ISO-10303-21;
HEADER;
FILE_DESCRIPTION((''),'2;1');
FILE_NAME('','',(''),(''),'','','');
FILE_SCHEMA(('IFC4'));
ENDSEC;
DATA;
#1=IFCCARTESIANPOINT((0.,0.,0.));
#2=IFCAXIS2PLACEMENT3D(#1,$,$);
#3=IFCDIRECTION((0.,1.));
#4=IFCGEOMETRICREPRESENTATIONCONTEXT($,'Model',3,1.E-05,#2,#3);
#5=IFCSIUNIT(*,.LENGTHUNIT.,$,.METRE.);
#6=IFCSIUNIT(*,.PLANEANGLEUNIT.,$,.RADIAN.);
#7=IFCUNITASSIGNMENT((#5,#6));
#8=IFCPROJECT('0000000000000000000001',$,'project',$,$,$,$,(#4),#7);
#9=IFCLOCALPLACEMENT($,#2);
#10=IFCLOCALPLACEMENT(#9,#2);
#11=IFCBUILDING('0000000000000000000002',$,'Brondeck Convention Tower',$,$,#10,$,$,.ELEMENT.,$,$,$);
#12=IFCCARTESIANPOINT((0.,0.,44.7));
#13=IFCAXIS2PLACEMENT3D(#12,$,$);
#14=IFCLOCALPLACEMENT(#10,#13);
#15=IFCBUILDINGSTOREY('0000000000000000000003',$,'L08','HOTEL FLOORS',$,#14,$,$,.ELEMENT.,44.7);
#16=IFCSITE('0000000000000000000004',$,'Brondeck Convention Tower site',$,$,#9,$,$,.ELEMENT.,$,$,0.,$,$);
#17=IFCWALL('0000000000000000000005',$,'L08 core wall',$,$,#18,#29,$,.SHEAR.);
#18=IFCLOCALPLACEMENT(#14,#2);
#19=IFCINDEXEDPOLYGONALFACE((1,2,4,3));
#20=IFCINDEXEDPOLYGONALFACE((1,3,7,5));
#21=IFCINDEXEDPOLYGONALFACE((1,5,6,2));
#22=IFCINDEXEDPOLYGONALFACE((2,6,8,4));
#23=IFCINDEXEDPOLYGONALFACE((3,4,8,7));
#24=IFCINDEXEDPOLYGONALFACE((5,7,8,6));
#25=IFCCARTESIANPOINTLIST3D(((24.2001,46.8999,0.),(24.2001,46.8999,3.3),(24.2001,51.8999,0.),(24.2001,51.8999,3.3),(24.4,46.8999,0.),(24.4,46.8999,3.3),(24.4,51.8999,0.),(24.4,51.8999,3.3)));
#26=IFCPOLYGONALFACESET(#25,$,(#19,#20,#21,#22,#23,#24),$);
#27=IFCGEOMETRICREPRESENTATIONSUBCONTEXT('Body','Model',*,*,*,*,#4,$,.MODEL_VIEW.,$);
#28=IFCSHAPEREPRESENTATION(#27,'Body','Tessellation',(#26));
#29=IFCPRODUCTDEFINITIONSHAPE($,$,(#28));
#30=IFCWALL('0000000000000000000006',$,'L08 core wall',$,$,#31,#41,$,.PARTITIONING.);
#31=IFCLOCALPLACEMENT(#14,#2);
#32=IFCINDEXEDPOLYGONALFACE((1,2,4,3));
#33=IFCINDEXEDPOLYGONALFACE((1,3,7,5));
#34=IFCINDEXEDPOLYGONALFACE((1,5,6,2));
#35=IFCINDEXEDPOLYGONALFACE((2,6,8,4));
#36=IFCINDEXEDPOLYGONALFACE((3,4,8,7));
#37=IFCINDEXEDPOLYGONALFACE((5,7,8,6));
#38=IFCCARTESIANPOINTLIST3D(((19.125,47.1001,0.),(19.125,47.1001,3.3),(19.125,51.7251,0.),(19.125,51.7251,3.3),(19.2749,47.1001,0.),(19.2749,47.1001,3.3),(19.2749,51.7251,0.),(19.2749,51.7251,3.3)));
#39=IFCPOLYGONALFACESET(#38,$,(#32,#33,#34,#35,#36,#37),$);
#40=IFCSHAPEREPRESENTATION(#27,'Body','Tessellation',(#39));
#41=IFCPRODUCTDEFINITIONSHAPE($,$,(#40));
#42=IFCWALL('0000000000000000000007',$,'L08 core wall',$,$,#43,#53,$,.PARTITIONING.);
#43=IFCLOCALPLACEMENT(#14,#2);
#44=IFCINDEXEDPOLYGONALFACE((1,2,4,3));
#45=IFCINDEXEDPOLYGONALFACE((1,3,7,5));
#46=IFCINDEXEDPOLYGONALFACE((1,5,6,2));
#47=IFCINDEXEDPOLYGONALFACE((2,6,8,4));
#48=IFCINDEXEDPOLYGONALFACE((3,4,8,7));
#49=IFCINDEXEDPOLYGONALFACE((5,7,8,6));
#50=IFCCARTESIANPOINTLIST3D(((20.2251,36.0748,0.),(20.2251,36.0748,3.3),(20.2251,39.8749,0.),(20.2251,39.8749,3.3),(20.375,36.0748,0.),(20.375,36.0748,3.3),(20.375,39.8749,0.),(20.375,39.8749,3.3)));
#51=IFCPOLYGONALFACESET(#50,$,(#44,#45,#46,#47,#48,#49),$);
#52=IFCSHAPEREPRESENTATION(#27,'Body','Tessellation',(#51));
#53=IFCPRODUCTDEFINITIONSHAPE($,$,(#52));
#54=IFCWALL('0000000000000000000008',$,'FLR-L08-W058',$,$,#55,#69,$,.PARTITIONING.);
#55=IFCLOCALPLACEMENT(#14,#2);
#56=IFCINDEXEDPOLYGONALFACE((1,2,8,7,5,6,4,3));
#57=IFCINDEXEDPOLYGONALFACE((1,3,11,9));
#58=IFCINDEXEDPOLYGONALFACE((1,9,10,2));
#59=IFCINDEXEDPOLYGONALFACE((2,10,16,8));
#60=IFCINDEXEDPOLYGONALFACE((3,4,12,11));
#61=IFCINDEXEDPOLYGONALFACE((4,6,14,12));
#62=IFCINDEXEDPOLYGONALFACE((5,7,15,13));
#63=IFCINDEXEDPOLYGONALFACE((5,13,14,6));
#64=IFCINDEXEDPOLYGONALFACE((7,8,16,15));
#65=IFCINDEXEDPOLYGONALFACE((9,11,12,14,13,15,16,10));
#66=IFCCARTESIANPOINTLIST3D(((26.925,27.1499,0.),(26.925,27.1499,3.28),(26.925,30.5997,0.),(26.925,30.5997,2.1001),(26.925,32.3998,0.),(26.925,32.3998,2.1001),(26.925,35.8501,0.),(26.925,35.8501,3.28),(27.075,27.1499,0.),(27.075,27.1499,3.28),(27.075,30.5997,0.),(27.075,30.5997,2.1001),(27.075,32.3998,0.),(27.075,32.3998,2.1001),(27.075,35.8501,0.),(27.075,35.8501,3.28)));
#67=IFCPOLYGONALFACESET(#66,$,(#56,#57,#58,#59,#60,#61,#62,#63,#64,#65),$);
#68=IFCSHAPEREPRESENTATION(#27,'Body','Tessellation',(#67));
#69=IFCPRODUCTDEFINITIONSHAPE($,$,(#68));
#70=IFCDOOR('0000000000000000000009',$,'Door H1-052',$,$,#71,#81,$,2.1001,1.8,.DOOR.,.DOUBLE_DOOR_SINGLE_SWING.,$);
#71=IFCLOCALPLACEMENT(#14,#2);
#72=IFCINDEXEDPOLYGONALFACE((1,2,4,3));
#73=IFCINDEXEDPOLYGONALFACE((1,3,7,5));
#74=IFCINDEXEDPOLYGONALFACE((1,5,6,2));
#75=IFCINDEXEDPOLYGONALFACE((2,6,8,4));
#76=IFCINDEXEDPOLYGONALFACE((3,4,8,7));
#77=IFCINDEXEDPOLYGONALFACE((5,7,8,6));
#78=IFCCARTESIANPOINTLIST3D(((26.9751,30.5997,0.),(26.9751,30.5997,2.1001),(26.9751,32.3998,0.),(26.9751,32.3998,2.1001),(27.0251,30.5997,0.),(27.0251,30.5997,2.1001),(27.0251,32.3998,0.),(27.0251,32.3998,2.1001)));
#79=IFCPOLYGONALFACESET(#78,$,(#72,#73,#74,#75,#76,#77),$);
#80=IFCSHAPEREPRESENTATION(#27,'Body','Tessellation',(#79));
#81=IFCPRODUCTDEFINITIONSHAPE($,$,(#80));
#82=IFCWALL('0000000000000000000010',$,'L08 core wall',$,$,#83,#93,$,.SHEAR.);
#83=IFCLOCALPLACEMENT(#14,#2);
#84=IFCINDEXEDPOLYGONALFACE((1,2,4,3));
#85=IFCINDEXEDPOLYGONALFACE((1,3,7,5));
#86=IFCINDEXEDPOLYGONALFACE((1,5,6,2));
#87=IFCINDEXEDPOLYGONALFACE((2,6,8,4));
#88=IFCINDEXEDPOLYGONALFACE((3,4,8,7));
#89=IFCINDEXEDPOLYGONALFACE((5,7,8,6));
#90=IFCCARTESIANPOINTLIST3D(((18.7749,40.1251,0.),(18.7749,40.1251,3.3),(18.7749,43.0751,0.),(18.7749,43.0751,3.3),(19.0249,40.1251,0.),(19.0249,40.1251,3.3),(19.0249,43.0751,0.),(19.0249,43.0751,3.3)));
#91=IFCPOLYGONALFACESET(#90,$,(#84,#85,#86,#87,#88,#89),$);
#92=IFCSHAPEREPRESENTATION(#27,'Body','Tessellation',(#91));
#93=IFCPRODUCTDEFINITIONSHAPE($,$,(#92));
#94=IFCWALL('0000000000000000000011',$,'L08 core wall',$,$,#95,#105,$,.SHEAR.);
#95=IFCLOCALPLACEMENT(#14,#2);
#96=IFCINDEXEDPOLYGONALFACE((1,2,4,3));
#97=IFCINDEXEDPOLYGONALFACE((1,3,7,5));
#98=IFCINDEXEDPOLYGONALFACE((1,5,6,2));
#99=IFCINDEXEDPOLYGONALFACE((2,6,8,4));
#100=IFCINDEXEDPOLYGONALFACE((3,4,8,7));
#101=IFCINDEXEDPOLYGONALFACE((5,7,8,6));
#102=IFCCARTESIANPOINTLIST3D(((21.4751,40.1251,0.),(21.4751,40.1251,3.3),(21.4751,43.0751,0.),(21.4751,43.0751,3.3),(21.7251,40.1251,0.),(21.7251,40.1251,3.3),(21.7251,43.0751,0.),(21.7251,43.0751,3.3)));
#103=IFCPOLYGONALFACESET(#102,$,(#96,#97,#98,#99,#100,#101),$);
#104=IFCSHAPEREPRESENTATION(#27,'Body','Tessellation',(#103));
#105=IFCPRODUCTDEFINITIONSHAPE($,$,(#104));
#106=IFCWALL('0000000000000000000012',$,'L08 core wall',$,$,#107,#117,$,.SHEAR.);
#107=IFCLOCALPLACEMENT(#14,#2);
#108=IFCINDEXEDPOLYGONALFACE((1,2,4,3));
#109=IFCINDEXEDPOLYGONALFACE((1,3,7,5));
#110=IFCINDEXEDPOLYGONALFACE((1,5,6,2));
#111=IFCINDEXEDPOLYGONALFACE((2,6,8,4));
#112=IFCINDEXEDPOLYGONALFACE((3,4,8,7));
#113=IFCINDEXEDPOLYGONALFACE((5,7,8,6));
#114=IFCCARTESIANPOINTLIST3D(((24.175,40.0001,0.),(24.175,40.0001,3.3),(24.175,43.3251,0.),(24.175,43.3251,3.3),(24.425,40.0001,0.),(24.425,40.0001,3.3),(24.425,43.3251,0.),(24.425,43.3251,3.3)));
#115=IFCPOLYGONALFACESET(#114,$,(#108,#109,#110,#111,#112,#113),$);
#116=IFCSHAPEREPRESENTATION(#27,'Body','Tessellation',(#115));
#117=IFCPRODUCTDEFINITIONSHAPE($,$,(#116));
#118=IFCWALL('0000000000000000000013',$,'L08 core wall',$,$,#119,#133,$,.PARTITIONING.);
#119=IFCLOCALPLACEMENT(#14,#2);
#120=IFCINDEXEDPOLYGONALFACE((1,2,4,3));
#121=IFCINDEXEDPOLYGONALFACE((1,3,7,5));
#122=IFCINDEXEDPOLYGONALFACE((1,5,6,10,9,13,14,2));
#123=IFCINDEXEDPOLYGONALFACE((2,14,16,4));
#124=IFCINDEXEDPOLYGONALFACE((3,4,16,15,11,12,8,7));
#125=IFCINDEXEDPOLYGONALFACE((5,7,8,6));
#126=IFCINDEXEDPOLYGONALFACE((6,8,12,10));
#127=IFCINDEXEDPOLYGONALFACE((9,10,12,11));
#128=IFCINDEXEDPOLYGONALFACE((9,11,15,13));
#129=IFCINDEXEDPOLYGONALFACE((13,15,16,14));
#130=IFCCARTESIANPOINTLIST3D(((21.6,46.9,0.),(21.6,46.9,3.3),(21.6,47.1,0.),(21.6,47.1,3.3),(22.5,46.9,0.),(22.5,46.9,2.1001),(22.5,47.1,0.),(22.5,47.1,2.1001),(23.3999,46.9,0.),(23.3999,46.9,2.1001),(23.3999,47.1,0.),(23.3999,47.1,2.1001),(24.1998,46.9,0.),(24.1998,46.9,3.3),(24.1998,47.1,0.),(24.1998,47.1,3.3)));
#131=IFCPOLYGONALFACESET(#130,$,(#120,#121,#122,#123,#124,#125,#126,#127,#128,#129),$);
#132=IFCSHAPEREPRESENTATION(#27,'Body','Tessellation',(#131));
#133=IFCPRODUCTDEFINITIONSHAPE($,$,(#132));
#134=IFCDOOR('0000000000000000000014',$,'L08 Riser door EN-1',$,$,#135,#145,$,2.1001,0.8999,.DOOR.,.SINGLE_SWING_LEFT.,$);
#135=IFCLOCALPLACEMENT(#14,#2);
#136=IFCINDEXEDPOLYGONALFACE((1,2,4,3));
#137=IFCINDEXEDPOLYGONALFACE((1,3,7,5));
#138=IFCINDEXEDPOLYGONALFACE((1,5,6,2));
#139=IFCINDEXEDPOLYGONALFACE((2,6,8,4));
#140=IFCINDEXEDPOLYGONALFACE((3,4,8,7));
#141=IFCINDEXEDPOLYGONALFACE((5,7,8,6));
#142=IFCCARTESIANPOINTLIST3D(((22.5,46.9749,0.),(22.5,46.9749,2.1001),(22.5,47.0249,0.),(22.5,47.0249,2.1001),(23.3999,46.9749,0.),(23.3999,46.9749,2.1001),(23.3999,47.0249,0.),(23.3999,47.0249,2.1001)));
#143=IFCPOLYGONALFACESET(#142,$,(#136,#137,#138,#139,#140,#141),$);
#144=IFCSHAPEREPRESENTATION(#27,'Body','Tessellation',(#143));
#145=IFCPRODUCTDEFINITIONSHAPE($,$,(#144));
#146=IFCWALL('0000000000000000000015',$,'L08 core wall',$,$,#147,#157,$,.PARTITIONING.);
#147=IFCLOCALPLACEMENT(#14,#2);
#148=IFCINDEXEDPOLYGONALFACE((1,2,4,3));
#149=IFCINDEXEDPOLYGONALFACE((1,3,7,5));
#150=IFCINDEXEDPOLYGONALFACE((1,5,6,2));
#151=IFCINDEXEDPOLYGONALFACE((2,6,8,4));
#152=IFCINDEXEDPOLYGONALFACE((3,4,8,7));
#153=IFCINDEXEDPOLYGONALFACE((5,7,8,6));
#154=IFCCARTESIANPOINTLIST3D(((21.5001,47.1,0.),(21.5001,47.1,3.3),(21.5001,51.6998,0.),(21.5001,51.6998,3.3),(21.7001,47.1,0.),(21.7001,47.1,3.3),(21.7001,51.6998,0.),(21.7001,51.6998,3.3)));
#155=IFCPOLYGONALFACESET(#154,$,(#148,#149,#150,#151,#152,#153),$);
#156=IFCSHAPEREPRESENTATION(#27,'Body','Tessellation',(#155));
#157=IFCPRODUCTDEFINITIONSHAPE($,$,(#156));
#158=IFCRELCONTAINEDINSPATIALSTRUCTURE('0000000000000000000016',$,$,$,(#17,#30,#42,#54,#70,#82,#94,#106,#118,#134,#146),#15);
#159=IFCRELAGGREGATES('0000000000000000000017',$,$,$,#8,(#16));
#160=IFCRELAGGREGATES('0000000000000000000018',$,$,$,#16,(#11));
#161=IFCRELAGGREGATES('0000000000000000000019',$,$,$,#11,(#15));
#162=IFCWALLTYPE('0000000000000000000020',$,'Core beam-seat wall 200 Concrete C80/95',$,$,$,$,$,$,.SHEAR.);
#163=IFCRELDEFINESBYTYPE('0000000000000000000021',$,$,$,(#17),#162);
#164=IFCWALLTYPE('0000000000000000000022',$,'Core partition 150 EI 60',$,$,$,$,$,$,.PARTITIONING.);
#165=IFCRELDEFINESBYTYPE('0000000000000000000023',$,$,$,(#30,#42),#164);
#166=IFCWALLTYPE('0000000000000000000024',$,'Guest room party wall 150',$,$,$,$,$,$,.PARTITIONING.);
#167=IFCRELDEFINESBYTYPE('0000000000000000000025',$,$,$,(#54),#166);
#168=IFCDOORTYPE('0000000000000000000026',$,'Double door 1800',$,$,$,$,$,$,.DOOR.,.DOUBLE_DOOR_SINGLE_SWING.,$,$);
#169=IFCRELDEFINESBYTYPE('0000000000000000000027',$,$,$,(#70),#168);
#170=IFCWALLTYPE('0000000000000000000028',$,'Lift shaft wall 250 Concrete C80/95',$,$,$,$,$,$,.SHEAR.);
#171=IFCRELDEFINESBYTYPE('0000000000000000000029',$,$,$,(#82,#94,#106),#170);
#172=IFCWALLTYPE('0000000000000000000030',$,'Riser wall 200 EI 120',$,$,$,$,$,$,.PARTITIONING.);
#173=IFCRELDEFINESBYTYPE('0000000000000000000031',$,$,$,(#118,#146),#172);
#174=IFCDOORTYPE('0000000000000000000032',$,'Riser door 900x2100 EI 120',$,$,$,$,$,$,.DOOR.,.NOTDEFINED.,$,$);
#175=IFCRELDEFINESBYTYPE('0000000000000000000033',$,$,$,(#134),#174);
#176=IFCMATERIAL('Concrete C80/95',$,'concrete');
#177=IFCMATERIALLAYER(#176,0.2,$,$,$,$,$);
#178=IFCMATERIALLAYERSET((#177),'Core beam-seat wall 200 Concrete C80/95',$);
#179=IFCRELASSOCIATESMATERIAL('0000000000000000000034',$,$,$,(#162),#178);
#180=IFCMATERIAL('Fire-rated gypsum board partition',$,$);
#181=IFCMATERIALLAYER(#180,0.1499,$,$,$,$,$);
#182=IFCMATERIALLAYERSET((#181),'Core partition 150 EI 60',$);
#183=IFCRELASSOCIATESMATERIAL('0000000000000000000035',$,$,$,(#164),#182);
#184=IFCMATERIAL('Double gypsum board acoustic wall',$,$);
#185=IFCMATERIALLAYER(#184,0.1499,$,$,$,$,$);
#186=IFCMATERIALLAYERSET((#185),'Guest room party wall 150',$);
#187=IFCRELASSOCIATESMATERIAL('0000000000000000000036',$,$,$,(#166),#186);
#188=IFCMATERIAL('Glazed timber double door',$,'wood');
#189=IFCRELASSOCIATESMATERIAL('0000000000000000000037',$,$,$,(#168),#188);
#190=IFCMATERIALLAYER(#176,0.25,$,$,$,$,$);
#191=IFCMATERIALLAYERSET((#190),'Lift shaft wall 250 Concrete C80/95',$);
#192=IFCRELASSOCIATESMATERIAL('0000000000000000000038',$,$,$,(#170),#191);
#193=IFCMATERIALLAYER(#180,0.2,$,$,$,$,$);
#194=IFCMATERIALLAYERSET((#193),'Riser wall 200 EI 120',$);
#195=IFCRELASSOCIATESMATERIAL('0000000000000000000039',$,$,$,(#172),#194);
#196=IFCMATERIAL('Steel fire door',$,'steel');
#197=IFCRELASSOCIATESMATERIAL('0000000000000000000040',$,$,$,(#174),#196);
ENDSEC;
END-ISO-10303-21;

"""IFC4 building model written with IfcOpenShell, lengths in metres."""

from ifc_helpers import new_model, si_unit, direction, frame, frame_2d, origin, place, context, subcontext, project, spatial, rectangle, extrude, material, layer, layer_set, type_object, element, fill, save


model = new_model("IFC4")

# Units and contexts
model_context = context("Model", 3, precision=1e-05, world=origin(), true_north=direction((0.0, 1.0)))
body_context = subcontext(model_context, "Body", "Model", "MODEL_VIEW")
ifc_project = project(units=[si_unit("LENGTHUNIT", "METRE"), si_unit("PLANEANGLEUNIT", "RADIAN")], contexts=[model_context])

# Site, building, storey
site_placement = place(None, origin())
site = spatial("IfcSite", under=ifc_project, at=site_placement, Name="Brondeck Convention Tower site", CompositionType="ELEMENT", RefElevation=0.0)
building_placement = place(site_placement, origin())
building = spatial("IfcBuilding", under=site, at=building_placement, Name="Brondeck Convention Tower", CompositionType="ELEMENT")
storey_placement = place(building_placement, frame((0.0, 0.0, 44.7)))
storey = spatial("IfcBuildingStorey", under=building, at=storey_placement, Name="L08", Description="HOTEL FLOORS", CompositionType="ELEMENT", Elevation=44.7)

# Shared definitions
ifc_material_1 = material(Name="Concrete C80/95", Category="concrete")

# Walls
ifc_layer_1 = layer(ifc_material_1, 0.2)
ifc_layer_set_1 = layer_set([ifc_layer_1], Name="Core beam-seat wall 200 Concrete C80/95")
wall_type_1 = type_object("IfcWallType", Name="Core beam-seat wall 200 Concrete C80/95", PredefinedType="SHEAR", material=ifc_layer_set_1)
wall_1_placement = place(storey_placement, frame((24.3, 46.8999, 0.0), z_axis=(0.0, 0.0, 1.0), x_axis=(0.0, 1.0, 0.0)))
element("IfcWall", 1, at=wall_1_placement, inside=storey, type_object=wall_type_1, Name="L08 core wall", PredefinedType="SHEAR", context=body_context, shape_type="SweptSolid", body=[
    extrude(rectangle(XDim=5.0, YDim=0.2, at=frame_2d((2.5, 0.0))), origin(), (0.0, 0.0, 1.0), 3.3),
])
ifc_material_2 = material(Name="Fire-rated gypsum board partition")
ifc_layer_2 = layer(ifc_material_2, 0.1499)
ifc_layer_set_2 = layer_set([ifc_layer_2], Name="Core partition 150 EI 60")
wall_type_2 = type_object("IfcWallType", Name="Core partition 150 EI 60", PredefinedType="PARTITIONING", material=ifc_layer_set_2)
wall_2_placement = place(storey_placement, frame((19.2, 47.1001, 0.0), z_axis=(0.0, 0.0, 1.0), x_axis=(0.0, 1.0, 0.0)))
element("IfcWall", 2, at=wall_2_placement, inside=storey, type_object=wall_type_2, Name="L08 core wall", PredefinedType="PARTITIONING", context=body_context, shape_type="SweptSolid", body=[
    extrude(rectangle(XDim=4.625, YDim=0.1499, at=frame_2d((2.3125, 0.0))), origin(), (0.0, 0.0, 1.0), 3.3),
])
wall_3_placement = place(storey_placement, frame((20.3, 36.075, 0.0), z_axis=(0.0, 0.0, 1.0), x_axis=(0.0, 1.0, 0.0)))
element("IfcWall", 3, at=wall_3_placement, inside=storey, type_object=wall_type_2, Name="L08 core wall", PredefinedType="PARTITIONING", context=body_context, shape_type="SweptSolid", body=[
    extrude(rectangle(XDim=3.8, YDim=0.1499, at=frame_2d((1.8999, 0.0))), origin(), (0.0, 0.0, 1.0), 3.3),
])

# Wall, opening, door
ifc_material_3 = material(Name="Double gypsum board acoustic wall")
ifc_layer_3 = layer(ifc_material_3, 0.1499)
ifc_layer_set_3 = layer_set([ifc_layer_3], Name="Guest room party wall 150")
wall_type_3 = type_object("IfcWallType", Name="Guest room party wall 150", PredefinedType="PARTITIONING", material=ifc_layer_set_3)
wall_4_placement = place(storey_placement, frame((27.0, 27.1499, 0.0), z_axis=(0.0, 0.0, 1.0), x_axis=(0.0, 1.0, 0.0)))
wall_4 = element("IfcWall", 4, at=wall_4_placement, inside=storey, type_object=wall_type_3, Name="FLR-L08-W058", PredefinedType="PARTITIONING", context=body_context, shape_type="SweptSolid", body=[
    extrude(rectangle(XDim=8.7002, YDim=0.1499, at=frame_2d((4.3501, 0.0))), origin(), (0.0, 0.0, 1.0), 3.28),
])
opening_1_placement = place(wall_4_placement, frame((3.45, 0.0, 0.0)))
opening_1 = element("IfcOpeningElement", 5, at=opening_1_placement, cuts=wall_4, PredefinedType="OPENING", context=body_context, shape_type="SweptSolid", body=[
    extrude(rectangle(XDim=1.8, YDim=2.1001, at=frame_2d((0.8999, 1.05))), frame((0.0, 0.085, 0.0), z_axis=(0.0, -1.0, 0.0), x_axis=(1.0, 0.0, 0.0)), (0.0, 0.0, 1.0), 0.1699),
])
ifc_material_4 = material(Name="Glazed timber double door", Category="wood")
door_type_1 = type_object("IfcDoorType", Name="Double door 1800", OperationType="DOUBLE_DOOR_SINGLE_SWING", PredefinedType="DOOR", material=ifc_material_4)
door_1_placement = place(opening_1_placement, origin())
door_1 = element("IfcDoor", 6, at=door_1_placement, inside=storey, type_object=door_type_1, Name="Door H1-052", OperationType="DOUBLE_DOOR_SINGLE_SWING", OverallHeight=2.1001, OverallWidth=1.8, PredefinedType="DOOR", context=body_context, shape_type="SweptSolid", body=[
    extrude(rectangle(XDim=1.8, YDim=2.1001, at=frame_2d((0.8999, 1.05))), frame((0.0, 0.0249, 0.0), z_axis=(0.0, -1.0, 0.0), x_axis=(1.0, 0.0, 0.0)), (0.0, 0.0, 1.0), 0.05),
])
fill(opening_1, door_1)

# Walls
ifc_layer_4 = layer(ifc_material_1, 0.25)
ifc_layer_set_4 = layer_set([ifc_layer_4], Name="Lift shaft wall 250 Concrete C80/95")
wall_type_4 = type_object("IfcWallType", Name="Lift shaft wall 250 Concrete C80/95", PredefinedType="SHEAR", material=ifc_layer_set_4)
for number, where, z_axis, x_axis, name in (
    (7, (18.8999, 40.125, 0.0), (0.0, 0.0, 1.0), (0.0, 1.0, 0.0), "L08 core wall"),
    (8, (21.6001, 40.125, 0.0), (0.0, 0.0, 1.0), (0.0, 1.0, 0.0), "L08 core wall"),
):
    element("IfcWall", number, at=place(storey_placement, frame(where, z_axis=z_axis, x_axis=x_axis)), inside=storey, type_object=wall_type_4, Name=name, PredefinedType="SHEAR", context=body_context, shape_type="SweptSolid", body=[
        extrude(rectangle(XDim=2.95, YDim=0.25, at=frame_2d((1.4751, 0.0))), origin(), (0.0, 0.0, 1.0), 3.3),
    ])
wall_5_placement = place(storey_placement, frame((24.3, 40.0, 0.0), z_axis=(0.0, 0.0, 1.0), x_axis=(0.0, 1.0, 0.0)))
element("IfcWall", 9, at=wall_5_placement, inside=storey, type_object=wall_type_4, Name="L08 core wall", PredefinedType="SHEAR", context=body_context, shape_type="SweptSolid", body=[
    extrude(rectangle(XDim=3.325, YDim=0.25, at=frame_2d((1.6626, 0.0))), origin(), (0.0, 0.0, 1.0), 3.3),
])

# Wall, opening, door
ifc_layer_5 = layer(ifc_material_2, 0.2)
ifc_layer_set_5 = layer_set([ifc_layer_5], Name="Riser wall 200 EI 120")
wall_type_5 = type_object("IfcWallType", Name="Riser wall 200 EI 120", PredefinedType="PARTITIONING", material=ifc_layer_set_5)
wall_6_placement = place(storey_placement, frame((21.6001, 47.0, 0.0), z_axis=(0.0, 0.0, 1.0), x_axis=(1.0, 0.0, 0.0)))
wall_6 = element("IfcWall", 10, at=wall_6_placement, inside=storey, type_object=wall_type_5, Name="L08 core wall", PredefinedType="PARTITIONING", context=body_context, shape_type="SweptSolid", body=[
    extrude(rectangle(XDim=2.5999, YDim=0.2, at=frame_2d((1.2998, 0.0))), origin(), (0.0, 0.0, 1.0), 3.3),
])
opening_2_placement = place(wall_6_placement, frame((0.8999, 0.0, 0.0)))
opening_2 = element("IfcOpeningElement", 11, at=opening_2_placement, cuts=wall_6, PredefinedType="OPENING", context=body_context, shape_type="SweptSolid", body=[
    extrude(rectangle(XDim=0.8999, YDim=2.1001, at=frame_2d((0.45, 1.05))), frame((0.0, 0.1099, 0.0), z_axis=(0.0, -1.0, 0.0), x_axis=(1.0, 0.0, 0.0)), (0.0, 0.0, 1.0), 0.22),
])
ifc_material_5 = material(Name="Steel fire door", Category="steel")
door_type_2 = type_object("IfcDoorType", Name="Riser door 900x2100 EI 120", OperationType="NOTDEFINED", PredefinedType="DOOR", material=ifc_material_5)
door_2_placement = place(opening_2_placement, origin())
door_2 = element("IfcDoor", 12, at=door_2_placement, inside=storey, type_object=door_type_2, Name="L08 Riser door EN-1", OperationType="SINGLE_SWING_LEFT", OverallHeight=2.1001, OverallWidth=0.8999, PredefinedType="DOOR", context=body_context, shape_type="SweptSolid", body=[
    extrude(rectangle(XDim=0.8999, YDim=2.1001, at=frame_2d((0.45, 1.05))), frame((0.0, 0.0249, 0.0), z_axis=(0.0, -1.0, 0.0), x_axis=(1.0, 0.0, 0.0)), (0.0, 0.0, 1.0), 0.05),
])
fill(opening_2, door_2)

# Wall
wall_7_placement = place(storey_placement, frame((21.6001, 47.1001, 0.0), z_axis=(0.0, 0.0, 1.0), x_axis=(0.0, 1.0, 0.0)))
element("IfcWall", 13, at=wall_7_placement, inside=storey, type_object=wall_type_5, Name="L08 core wall", PredefinedType="PARTITIONING", context=body_context, shape_type="SweptSolid", body=[
    extrude(rectangle(XDim=4.5999, YDim=0.2, at=frame_2d((2.2998, 0.0))), origin(), (0.0, 0.0, 1.0), 3.3),
])

save(model, "model.ifc")
